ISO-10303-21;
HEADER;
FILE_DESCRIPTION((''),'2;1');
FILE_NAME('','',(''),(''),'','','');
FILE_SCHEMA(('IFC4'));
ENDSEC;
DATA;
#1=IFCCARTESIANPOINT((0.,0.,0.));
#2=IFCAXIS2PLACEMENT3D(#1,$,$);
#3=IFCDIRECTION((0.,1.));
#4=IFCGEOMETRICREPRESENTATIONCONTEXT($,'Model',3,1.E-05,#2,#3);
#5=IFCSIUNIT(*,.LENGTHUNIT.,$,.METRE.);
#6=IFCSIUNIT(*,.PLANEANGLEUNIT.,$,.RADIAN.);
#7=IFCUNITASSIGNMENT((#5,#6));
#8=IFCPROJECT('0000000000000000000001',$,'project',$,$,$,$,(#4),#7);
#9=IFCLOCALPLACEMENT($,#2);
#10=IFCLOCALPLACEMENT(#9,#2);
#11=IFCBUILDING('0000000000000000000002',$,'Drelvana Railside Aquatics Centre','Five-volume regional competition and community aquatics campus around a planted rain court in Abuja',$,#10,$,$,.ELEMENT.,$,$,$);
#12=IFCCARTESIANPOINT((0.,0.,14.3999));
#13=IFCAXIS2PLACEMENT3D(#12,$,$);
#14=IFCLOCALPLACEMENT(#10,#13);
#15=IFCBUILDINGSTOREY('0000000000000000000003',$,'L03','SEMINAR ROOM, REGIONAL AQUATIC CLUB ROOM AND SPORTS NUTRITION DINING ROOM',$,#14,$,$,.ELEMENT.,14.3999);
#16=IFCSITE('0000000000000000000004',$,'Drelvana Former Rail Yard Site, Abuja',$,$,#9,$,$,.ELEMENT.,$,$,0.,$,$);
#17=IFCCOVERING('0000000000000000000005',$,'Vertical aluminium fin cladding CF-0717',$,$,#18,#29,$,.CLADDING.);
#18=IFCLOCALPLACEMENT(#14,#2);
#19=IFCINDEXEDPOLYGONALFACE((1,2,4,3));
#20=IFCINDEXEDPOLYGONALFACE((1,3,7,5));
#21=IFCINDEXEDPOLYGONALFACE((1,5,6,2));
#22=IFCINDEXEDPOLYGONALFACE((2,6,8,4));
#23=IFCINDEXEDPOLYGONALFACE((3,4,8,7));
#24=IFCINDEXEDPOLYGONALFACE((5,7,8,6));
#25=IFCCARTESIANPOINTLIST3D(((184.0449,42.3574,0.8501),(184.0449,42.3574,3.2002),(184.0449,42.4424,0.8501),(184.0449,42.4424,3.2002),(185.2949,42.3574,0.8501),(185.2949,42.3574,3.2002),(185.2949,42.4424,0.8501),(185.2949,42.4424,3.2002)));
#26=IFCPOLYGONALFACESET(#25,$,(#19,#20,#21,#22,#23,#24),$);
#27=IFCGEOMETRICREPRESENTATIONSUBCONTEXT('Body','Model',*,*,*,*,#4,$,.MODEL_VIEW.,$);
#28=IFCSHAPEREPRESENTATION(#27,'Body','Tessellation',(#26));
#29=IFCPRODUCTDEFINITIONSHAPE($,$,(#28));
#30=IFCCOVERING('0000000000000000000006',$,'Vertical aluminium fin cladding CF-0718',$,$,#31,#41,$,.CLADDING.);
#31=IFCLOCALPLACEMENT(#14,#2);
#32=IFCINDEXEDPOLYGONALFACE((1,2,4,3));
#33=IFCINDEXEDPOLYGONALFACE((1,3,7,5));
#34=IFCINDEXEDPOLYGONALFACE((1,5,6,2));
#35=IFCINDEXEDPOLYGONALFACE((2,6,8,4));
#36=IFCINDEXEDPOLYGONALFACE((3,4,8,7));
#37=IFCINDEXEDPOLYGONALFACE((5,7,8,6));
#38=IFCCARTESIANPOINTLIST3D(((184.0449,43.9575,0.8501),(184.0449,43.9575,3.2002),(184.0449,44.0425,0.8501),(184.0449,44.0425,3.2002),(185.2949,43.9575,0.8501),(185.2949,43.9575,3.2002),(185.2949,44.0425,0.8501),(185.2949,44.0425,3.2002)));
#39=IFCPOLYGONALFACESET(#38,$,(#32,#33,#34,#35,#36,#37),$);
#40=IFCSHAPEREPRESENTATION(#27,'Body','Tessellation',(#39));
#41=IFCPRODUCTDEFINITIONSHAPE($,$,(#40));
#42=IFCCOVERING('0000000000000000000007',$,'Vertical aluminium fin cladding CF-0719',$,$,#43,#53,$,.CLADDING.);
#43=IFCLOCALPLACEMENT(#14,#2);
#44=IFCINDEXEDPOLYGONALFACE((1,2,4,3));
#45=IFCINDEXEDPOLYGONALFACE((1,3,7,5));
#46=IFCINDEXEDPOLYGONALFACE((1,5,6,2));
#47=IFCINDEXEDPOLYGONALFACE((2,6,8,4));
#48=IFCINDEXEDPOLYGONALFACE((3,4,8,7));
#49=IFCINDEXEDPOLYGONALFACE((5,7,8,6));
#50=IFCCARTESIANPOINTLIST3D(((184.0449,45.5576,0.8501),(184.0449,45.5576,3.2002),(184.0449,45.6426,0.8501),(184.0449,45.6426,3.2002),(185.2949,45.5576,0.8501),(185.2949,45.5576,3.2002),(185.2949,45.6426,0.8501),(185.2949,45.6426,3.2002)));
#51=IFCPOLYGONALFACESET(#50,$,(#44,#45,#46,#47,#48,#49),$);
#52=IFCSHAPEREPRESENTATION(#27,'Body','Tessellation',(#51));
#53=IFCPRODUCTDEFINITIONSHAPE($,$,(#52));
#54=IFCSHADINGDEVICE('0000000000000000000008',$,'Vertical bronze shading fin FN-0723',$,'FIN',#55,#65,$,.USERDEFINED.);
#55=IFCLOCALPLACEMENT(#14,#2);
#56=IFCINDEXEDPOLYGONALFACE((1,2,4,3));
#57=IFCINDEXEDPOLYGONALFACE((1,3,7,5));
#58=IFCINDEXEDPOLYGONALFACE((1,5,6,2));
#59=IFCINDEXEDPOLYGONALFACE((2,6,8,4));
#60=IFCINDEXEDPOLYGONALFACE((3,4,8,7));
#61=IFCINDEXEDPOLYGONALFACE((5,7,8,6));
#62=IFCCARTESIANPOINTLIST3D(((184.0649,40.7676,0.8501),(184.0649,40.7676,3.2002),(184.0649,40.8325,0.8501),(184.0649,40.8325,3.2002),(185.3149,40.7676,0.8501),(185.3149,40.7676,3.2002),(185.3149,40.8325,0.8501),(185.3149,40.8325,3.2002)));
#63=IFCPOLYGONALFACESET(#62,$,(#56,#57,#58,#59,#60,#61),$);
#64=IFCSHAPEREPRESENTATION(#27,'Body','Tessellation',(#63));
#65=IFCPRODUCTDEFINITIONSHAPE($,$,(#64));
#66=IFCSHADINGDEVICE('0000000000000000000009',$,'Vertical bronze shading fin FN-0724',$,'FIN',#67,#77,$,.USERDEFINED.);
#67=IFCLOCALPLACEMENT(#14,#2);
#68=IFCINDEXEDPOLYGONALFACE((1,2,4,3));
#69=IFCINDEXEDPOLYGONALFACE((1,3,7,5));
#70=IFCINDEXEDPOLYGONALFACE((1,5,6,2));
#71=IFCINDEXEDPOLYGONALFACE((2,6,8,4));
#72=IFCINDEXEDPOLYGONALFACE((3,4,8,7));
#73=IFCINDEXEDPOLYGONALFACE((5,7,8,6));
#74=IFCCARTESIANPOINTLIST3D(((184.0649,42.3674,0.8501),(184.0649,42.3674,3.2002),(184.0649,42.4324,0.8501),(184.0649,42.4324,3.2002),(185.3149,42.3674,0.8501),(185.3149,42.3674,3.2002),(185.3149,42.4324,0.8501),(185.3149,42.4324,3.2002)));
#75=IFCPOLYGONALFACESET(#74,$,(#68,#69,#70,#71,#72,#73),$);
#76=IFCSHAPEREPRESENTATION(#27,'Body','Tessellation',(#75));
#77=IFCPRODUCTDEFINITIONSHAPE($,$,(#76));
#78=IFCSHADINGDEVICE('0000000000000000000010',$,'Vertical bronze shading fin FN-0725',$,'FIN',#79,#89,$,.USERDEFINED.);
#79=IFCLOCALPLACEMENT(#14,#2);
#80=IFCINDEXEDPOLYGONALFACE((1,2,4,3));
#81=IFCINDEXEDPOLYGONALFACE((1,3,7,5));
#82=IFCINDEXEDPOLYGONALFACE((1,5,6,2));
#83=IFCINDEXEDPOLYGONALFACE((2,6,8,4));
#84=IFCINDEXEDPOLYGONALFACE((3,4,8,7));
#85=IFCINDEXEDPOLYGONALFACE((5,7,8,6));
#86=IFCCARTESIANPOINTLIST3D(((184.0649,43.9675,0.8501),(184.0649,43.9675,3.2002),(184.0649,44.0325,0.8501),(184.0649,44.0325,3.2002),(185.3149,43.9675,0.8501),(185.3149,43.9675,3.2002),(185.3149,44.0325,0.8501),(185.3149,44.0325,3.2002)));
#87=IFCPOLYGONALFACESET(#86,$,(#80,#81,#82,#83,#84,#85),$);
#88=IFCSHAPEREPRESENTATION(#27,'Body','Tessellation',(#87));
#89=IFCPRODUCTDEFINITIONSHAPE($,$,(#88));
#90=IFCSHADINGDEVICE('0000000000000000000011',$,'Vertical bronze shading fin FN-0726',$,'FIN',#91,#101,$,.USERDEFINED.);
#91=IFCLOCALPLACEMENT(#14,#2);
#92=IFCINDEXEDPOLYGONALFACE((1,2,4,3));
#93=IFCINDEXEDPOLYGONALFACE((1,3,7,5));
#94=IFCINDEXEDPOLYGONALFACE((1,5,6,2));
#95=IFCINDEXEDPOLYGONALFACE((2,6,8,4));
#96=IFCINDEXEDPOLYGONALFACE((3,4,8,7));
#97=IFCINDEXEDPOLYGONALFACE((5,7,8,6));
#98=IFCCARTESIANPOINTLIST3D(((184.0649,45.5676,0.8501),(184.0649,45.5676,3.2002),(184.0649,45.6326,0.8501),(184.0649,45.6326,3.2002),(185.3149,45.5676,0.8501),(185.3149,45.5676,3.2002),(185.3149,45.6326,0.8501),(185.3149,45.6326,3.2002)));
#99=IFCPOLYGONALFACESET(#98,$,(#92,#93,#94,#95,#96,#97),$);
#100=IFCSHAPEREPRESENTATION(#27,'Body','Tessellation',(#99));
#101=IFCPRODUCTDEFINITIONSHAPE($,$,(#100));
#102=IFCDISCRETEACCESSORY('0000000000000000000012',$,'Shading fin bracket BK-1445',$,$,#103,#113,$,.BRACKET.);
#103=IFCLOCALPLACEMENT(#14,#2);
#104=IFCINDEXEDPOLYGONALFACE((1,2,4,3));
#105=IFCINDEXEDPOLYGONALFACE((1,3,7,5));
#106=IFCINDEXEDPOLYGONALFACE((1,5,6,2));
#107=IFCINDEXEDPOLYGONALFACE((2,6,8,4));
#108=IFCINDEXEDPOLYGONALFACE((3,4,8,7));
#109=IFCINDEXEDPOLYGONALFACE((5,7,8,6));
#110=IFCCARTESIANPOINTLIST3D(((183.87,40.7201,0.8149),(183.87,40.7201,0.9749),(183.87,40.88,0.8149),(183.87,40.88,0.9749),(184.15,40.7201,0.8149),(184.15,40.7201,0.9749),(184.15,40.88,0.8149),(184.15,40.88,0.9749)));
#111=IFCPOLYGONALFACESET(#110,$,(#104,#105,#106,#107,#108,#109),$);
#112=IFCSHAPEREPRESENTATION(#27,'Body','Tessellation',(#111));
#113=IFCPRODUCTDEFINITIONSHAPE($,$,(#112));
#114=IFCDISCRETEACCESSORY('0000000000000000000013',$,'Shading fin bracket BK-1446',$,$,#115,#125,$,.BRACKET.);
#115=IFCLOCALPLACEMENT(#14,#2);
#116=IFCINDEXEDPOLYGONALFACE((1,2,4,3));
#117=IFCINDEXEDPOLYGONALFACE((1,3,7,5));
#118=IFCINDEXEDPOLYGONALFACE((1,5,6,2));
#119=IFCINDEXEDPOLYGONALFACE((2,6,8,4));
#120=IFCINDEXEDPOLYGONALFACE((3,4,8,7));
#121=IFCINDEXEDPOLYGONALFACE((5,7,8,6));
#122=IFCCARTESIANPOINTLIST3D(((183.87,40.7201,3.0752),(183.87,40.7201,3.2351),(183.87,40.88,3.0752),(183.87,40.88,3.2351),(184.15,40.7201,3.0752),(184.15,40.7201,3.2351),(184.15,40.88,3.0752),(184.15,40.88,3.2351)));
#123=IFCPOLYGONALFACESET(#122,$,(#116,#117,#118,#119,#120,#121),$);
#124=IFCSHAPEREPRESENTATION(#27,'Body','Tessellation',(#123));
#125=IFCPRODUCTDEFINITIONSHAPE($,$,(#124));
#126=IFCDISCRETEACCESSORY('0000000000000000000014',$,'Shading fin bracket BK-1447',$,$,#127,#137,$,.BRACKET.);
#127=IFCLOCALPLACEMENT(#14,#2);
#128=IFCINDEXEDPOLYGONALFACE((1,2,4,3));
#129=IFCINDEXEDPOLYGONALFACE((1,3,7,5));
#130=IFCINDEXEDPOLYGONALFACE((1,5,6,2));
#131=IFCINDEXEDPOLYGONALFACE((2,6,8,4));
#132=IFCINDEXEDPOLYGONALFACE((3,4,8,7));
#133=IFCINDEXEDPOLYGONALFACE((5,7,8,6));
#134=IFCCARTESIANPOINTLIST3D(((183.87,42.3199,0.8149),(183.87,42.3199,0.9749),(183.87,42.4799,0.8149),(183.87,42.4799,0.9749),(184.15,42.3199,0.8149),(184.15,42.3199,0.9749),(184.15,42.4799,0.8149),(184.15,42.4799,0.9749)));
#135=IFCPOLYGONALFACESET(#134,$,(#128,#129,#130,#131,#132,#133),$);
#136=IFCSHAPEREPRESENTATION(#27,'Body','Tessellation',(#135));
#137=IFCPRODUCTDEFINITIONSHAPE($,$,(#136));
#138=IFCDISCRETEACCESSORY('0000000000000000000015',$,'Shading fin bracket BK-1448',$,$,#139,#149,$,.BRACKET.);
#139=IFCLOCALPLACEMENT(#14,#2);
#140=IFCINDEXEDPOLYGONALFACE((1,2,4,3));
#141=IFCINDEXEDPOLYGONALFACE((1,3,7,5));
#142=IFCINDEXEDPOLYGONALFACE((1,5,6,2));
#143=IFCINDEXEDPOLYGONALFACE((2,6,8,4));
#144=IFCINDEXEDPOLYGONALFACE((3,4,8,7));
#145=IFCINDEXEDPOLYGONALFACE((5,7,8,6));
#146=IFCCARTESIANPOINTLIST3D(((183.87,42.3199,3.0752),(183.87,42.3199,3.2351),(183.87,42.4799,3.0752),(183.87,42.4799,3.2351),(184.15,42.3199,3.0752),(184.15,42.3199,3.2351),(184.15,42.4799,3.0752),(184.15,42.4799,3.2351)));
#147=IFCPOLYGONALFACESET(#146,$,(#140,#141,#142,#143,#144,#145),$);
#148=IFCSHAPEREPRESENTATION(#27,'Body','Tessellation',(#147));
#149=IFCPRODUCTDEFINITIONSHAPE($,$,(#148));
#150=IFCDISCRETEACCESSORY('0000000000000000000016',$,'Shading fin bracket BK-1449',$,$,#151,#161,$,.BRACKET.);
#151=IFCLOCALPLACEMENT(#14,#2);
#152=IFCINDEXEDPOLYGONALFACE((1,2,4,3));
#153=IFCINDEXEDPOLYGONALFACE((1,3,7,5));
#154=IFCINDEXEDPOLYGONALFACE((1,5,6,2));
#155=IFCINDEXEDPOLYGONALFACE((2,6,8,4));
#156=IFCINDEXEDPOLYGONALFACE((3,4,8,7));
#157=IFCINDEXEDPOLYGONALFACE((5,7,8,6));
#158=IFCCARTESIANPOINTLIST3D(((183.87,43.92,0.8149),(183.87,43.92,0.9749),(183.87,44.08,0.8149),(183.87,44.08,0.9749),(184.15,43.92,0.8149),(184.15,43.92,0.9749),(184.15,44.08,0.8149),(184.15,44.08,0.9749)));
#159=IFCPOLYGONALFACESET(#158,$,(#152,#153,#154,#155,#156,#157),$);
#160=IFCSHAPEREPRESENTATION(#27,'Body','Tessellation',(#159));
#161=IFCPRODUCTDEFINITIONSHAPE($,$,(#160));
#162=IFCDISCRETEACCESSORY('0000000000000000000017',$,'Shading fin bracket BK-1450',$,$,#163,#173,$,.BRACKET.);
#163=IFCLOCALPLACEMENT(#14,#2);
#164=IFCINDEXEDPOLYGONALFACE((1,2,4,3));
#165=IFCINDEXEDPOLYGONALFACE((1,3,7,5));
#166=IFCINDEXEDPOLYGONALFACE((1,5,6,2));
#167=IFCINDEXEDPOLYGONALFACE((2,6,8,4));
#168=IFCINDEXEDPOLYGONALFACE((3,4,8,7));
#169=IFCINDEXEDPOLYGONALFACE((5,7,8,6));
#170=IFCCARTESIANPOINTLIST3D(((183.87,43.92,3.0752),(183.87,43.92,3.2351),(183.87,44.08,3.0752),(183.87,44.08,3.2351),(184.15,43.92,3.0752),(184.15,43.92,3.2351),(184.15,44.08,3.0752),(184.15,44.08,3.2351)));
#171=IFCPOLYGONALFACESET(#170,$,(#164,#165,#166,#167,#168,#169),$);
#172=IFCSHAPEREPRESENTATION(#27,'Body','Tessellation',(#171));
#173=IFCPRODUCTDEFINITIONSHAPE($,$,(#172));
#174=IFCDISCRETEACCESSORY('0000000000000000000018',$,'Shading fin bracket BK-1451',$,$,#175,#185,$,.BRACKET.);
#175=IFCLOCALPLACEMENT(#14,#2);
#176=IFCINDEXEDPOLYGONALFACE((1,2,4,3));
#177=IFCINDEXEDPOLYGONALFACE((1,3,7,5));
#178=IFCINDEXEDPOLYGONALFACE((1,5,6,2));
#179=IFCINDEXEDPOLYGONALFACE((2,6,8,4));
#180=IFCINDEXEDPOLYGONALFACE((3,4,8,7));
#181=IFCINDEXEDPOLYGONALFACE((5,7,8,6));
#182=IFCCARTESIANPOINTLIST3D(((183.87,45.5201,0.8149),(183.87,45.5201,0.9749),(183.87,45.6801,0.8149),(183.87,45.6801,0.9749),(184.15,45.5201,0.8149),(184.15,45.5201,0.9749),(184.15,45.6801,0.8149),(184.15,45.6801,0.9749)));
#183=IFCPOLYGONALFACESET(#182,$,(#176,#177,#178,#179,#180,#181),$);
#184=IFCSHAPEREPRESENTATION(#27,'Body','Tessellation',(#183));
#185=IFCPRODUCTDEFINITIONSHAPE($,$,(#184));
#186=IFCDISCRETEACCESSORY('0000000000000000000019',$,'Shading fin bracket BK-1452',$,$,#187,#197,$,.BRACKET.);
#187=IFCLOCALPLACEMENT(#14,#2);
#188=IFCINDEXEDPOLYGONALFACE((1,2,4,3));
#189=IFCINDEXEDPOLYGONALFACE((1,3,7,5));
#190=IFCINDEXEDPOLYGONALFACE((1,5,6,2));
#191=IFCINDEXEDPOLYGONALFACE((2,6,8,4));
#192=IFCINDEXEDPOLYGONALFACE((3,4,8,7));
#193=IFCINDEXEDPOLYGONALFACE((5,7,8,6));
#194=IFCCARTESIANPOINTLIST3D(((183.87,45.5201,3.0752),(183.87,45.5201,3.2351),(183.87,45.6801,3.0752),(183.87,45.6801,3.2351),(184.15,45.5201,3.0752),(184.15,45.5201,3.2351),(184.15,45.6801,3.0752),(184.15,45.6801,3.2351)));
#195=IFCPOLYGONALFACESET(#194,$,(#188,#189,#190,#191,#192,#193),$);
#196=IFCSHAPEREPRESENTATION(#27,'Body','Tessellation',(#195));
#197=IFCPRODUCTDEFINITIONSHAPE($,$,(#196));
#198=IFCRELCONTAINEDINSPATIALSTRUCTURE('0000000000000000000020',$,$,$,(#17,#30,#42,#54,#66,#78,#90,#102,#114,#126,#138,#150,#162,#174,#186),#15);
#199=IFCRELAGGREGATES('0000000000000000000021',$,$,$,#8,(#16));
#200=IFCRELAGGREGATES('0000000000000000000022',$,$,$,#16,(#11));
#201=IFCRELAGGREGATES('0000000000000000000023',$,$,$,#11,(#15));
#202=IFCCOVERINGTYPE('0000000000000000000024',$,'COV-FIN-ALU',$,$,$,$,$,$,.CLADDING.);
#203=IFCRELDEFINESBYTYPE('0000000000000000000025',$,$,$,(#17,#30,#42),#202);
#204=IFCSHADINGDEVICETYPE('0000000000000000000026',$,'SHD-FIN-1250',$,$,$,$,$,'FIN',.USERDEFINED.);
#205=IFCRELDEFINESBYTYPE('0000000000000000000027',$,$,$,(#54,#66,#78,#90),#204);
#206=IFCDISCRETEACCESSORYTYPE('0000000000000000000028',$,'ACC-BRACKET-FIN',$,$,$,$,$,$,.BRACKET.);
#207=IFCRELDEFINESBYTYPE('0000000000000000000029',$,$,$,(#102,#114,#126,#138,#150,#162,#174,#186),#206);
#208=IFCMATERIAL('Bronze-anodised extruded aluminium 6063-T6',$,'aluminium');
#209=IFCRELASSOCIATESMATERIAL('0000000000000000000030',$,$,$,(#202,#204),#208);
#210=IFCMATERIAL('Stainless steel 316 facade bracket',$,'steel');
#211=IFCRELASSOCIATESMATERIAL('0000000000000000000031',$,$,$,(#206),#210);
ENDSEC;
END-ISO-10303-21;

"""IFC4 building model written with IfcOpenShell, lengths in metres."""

from ifc_helpers import new_model, si_unit, direction, frame, origin, origin_2d, place, context, subcontext, project, spatial, rectangle, extrude, material, type_object, element, save


model = new_model("IFC4")

# Units and contexts
model_context = context("Model", 3, precision=1e-05, world=origin(), true_north=direction((0.0, 1.0)))
body_context = subcontext(model_context, "Body", "Model", "MODEL_VIEW")
ifc_project = project(units=[si_unit("LENGTHUNIT", "METRE"), si_unit("PLANEANGLEUNIT", "RADIAN")], contexts=[model_context])

# Site, building, storey
site_placement = place(None, origin())
site = spatial("IfcSite", under=ifc_project, at=site_placement, Name="Drelvana Former Rail Yard Site, Abuja", CompositionType="ELEMENT", RefElevation=0.0)
building_placement = place(site_placement, origin())
building = spatial("IfcBuilding", under=site, at=building_placement, Name="Drelvana Railside Aquatics Centre", Description="Five-volume regional competition and community aquatics campus around a planted rain court in Abuja", CompositionType="ELEMENT")
storey_placement = place(building_placement, frame((0.0, 0.0, 14.3999)))
storey = spatial("IfcBuildingStorey", under=building, at=storey_placement, Name="L03", Description="SEMINAR ROOM, REGIONAL AQUATIC CLUB ROOM AND SPORTS NUTRITION DINING ROOM", CompositionType="ELEMENT", Elevation=14.3999)

# Coverings
ifc_material_1 = material(Name="Bronze-anodised extruded aluminium 6063-T6", Category="aluminium")
covering_type = type_object("IfcCoveringType", Name="COV-FIN-ALU", PredefinedType="CLADDING", material=ifc_material_1)
for number, where, z_axis, x_axis, name in (
    (1, (184.6699, 42.3999, 0.8501), (0.0, 0.0, 1.0), (0.0, -1.0, 0.0), "Vertical aluminium fin cladding CF-0717"),
    (2, (184.6699, 44.0, 0.8501), (0.0, 0.0, 1.0), (0.0, -1.0, 0.0), "Vertical aluminium fin cladding CF-0718"),
    (3, (184.6699, 45.6001, 0.8501), (0.0, 0.0, 1.0), (0.0, -1.0, 0.0), "Vertical aluminium fin cladding CF-0719"),
):
    element("IfcCovering", number, at=place(storey_placement, frame(where, z_axis=z_axis, x_axis=x_axis)), inside=storey, type_object=covering_type, Name=name, PredefinedType="CLADDING", context=body_context, shape_type="SweptSolid", body=[
        extrude(rectangle(XDim=0.085, YDim=1.25, at=origin_2d()), origin(), (0.0, 0.0, 1.0), 2.3501),
    ])

# Shading devices
shading_device_type = type_object("IfcShadingDeviceType", Name="SHD-FIN-1250", ElementType="FIN", PredefinedType="USERDEFINED", material=ifc_material_1)
for number, where, z_axis, x_axis, name in (
    (4, (184.6899, 40.8, 0.8501), (0.0, 0.0, 1.0), (1.0, 0.0, 0.0), "Vertical bronze shading fin FN-0723"),
    (5, (184.6899, 42.3999, 0.8501), (0.0, 0.0, 1.0), (1.0, 0.0, 0.0), "Vertical bronze shading fin FN-0724"),
    (6, (184.6899, 44.0, 0.8501), (0.0, 0.0, 1.0), (1.0, 0.0, 0.0), "Vertical bronze shading fin FN-0725"),
    (7, (184.6899, 45.6001, 0.8501), (0.0, 0.0, 1.0), (1.0, 0.0, 0.0), "Vertical bronze shading fin FN-0726"),
):
    element("IfcShadingDevice", number, at=place(storey_placement, frame(where, z_axis=z_axis, x_axis=x_axis)), inside=storey, type_object=shading_device_type, Name=name, ObjectType="FIN", PredefinedType="USERDEFINED", context=body_context, shape_type="SweptSolid", body=[
        extrude(rectangle(XDim=1.25, YDim=0.0649, at=origin_2d()), origin(), (0.0, 0.0, 1.0), 2.3501),
    ])

# Discrete accessories
ifc_material_2 = material(Name="Stainless steel 316 facade bracket", Category="steel")
discrete_accessory_type = type_object("IfcDiscreteAccessoryType", Name="ACC-BRACKET-FIN", PredefinedType="BRACKET", material=ifc_material_2)
for number, where, z_axis, x_axis, name in (
    (8, (184.01, 40.8, 0.8149), (0.0, 0.0, 1.0), (1.0, 0.0, 0.0), "Shading fin bracket BK-1445"),
    (9, (184.01, 40.8, 3.0752), (0.0, 0.0, 1.0), (1.0, 0.0, 0.0), "Shading fin bracket BK-1446"),
    (10, (184.01, 42.3999, 0.8149), (0.0, 0.0, 1.0), (1.0, 0.0, 0.0), "Shading fin bracket BK-1447"),
    (11, (184.01, 42.3999, 3.0752), (0.0, 0.0, 1.0), (1.0, 0.0, 0.0), "Shading fin bracket BK-1448"),
    (12, (184.01, 44.0, 0.8149), (0.0, 0.0, 1.0), (1.0, 0.0, 0.0), "Shading fin bracket BK-1449"),
    (13, (184.01, 44.0, 3.0752), (0.0, 0.0, 1.0), (1.0, 0.0, 0.0), "Shading fin bracket BK-1450"),
    (14, (184.01, 45.6001, 0.8149), (0.0, 0.0, 1.0), (1.0, 0.0, 0.0), "Shading fin bracket BK-1451"),
    (15, (184.01, 45.6001, 3.0752), (0.0, 0.0, 1.0), (1.0, 0.0, 0.0), "Shading fin bracket BK-1452"),
):
    element("IfcDiscreteAccessory", number, at=place(storey_placement, frame(where, z_axis=z_axis, x_axis=x_axis)), inside=storey, type_object=discrete_accessory_type, Name=name, PredefinedType="BRACKET", context=body_context, shape_type="SweptSolid", body=[
        extrude(rectangle(XDim=0.28, YDim=0.1599, at=origin_2d()), origin(), (0.0, 0.0, 1.0), 0.1599),
    ])

save(model, "model.ifc")
